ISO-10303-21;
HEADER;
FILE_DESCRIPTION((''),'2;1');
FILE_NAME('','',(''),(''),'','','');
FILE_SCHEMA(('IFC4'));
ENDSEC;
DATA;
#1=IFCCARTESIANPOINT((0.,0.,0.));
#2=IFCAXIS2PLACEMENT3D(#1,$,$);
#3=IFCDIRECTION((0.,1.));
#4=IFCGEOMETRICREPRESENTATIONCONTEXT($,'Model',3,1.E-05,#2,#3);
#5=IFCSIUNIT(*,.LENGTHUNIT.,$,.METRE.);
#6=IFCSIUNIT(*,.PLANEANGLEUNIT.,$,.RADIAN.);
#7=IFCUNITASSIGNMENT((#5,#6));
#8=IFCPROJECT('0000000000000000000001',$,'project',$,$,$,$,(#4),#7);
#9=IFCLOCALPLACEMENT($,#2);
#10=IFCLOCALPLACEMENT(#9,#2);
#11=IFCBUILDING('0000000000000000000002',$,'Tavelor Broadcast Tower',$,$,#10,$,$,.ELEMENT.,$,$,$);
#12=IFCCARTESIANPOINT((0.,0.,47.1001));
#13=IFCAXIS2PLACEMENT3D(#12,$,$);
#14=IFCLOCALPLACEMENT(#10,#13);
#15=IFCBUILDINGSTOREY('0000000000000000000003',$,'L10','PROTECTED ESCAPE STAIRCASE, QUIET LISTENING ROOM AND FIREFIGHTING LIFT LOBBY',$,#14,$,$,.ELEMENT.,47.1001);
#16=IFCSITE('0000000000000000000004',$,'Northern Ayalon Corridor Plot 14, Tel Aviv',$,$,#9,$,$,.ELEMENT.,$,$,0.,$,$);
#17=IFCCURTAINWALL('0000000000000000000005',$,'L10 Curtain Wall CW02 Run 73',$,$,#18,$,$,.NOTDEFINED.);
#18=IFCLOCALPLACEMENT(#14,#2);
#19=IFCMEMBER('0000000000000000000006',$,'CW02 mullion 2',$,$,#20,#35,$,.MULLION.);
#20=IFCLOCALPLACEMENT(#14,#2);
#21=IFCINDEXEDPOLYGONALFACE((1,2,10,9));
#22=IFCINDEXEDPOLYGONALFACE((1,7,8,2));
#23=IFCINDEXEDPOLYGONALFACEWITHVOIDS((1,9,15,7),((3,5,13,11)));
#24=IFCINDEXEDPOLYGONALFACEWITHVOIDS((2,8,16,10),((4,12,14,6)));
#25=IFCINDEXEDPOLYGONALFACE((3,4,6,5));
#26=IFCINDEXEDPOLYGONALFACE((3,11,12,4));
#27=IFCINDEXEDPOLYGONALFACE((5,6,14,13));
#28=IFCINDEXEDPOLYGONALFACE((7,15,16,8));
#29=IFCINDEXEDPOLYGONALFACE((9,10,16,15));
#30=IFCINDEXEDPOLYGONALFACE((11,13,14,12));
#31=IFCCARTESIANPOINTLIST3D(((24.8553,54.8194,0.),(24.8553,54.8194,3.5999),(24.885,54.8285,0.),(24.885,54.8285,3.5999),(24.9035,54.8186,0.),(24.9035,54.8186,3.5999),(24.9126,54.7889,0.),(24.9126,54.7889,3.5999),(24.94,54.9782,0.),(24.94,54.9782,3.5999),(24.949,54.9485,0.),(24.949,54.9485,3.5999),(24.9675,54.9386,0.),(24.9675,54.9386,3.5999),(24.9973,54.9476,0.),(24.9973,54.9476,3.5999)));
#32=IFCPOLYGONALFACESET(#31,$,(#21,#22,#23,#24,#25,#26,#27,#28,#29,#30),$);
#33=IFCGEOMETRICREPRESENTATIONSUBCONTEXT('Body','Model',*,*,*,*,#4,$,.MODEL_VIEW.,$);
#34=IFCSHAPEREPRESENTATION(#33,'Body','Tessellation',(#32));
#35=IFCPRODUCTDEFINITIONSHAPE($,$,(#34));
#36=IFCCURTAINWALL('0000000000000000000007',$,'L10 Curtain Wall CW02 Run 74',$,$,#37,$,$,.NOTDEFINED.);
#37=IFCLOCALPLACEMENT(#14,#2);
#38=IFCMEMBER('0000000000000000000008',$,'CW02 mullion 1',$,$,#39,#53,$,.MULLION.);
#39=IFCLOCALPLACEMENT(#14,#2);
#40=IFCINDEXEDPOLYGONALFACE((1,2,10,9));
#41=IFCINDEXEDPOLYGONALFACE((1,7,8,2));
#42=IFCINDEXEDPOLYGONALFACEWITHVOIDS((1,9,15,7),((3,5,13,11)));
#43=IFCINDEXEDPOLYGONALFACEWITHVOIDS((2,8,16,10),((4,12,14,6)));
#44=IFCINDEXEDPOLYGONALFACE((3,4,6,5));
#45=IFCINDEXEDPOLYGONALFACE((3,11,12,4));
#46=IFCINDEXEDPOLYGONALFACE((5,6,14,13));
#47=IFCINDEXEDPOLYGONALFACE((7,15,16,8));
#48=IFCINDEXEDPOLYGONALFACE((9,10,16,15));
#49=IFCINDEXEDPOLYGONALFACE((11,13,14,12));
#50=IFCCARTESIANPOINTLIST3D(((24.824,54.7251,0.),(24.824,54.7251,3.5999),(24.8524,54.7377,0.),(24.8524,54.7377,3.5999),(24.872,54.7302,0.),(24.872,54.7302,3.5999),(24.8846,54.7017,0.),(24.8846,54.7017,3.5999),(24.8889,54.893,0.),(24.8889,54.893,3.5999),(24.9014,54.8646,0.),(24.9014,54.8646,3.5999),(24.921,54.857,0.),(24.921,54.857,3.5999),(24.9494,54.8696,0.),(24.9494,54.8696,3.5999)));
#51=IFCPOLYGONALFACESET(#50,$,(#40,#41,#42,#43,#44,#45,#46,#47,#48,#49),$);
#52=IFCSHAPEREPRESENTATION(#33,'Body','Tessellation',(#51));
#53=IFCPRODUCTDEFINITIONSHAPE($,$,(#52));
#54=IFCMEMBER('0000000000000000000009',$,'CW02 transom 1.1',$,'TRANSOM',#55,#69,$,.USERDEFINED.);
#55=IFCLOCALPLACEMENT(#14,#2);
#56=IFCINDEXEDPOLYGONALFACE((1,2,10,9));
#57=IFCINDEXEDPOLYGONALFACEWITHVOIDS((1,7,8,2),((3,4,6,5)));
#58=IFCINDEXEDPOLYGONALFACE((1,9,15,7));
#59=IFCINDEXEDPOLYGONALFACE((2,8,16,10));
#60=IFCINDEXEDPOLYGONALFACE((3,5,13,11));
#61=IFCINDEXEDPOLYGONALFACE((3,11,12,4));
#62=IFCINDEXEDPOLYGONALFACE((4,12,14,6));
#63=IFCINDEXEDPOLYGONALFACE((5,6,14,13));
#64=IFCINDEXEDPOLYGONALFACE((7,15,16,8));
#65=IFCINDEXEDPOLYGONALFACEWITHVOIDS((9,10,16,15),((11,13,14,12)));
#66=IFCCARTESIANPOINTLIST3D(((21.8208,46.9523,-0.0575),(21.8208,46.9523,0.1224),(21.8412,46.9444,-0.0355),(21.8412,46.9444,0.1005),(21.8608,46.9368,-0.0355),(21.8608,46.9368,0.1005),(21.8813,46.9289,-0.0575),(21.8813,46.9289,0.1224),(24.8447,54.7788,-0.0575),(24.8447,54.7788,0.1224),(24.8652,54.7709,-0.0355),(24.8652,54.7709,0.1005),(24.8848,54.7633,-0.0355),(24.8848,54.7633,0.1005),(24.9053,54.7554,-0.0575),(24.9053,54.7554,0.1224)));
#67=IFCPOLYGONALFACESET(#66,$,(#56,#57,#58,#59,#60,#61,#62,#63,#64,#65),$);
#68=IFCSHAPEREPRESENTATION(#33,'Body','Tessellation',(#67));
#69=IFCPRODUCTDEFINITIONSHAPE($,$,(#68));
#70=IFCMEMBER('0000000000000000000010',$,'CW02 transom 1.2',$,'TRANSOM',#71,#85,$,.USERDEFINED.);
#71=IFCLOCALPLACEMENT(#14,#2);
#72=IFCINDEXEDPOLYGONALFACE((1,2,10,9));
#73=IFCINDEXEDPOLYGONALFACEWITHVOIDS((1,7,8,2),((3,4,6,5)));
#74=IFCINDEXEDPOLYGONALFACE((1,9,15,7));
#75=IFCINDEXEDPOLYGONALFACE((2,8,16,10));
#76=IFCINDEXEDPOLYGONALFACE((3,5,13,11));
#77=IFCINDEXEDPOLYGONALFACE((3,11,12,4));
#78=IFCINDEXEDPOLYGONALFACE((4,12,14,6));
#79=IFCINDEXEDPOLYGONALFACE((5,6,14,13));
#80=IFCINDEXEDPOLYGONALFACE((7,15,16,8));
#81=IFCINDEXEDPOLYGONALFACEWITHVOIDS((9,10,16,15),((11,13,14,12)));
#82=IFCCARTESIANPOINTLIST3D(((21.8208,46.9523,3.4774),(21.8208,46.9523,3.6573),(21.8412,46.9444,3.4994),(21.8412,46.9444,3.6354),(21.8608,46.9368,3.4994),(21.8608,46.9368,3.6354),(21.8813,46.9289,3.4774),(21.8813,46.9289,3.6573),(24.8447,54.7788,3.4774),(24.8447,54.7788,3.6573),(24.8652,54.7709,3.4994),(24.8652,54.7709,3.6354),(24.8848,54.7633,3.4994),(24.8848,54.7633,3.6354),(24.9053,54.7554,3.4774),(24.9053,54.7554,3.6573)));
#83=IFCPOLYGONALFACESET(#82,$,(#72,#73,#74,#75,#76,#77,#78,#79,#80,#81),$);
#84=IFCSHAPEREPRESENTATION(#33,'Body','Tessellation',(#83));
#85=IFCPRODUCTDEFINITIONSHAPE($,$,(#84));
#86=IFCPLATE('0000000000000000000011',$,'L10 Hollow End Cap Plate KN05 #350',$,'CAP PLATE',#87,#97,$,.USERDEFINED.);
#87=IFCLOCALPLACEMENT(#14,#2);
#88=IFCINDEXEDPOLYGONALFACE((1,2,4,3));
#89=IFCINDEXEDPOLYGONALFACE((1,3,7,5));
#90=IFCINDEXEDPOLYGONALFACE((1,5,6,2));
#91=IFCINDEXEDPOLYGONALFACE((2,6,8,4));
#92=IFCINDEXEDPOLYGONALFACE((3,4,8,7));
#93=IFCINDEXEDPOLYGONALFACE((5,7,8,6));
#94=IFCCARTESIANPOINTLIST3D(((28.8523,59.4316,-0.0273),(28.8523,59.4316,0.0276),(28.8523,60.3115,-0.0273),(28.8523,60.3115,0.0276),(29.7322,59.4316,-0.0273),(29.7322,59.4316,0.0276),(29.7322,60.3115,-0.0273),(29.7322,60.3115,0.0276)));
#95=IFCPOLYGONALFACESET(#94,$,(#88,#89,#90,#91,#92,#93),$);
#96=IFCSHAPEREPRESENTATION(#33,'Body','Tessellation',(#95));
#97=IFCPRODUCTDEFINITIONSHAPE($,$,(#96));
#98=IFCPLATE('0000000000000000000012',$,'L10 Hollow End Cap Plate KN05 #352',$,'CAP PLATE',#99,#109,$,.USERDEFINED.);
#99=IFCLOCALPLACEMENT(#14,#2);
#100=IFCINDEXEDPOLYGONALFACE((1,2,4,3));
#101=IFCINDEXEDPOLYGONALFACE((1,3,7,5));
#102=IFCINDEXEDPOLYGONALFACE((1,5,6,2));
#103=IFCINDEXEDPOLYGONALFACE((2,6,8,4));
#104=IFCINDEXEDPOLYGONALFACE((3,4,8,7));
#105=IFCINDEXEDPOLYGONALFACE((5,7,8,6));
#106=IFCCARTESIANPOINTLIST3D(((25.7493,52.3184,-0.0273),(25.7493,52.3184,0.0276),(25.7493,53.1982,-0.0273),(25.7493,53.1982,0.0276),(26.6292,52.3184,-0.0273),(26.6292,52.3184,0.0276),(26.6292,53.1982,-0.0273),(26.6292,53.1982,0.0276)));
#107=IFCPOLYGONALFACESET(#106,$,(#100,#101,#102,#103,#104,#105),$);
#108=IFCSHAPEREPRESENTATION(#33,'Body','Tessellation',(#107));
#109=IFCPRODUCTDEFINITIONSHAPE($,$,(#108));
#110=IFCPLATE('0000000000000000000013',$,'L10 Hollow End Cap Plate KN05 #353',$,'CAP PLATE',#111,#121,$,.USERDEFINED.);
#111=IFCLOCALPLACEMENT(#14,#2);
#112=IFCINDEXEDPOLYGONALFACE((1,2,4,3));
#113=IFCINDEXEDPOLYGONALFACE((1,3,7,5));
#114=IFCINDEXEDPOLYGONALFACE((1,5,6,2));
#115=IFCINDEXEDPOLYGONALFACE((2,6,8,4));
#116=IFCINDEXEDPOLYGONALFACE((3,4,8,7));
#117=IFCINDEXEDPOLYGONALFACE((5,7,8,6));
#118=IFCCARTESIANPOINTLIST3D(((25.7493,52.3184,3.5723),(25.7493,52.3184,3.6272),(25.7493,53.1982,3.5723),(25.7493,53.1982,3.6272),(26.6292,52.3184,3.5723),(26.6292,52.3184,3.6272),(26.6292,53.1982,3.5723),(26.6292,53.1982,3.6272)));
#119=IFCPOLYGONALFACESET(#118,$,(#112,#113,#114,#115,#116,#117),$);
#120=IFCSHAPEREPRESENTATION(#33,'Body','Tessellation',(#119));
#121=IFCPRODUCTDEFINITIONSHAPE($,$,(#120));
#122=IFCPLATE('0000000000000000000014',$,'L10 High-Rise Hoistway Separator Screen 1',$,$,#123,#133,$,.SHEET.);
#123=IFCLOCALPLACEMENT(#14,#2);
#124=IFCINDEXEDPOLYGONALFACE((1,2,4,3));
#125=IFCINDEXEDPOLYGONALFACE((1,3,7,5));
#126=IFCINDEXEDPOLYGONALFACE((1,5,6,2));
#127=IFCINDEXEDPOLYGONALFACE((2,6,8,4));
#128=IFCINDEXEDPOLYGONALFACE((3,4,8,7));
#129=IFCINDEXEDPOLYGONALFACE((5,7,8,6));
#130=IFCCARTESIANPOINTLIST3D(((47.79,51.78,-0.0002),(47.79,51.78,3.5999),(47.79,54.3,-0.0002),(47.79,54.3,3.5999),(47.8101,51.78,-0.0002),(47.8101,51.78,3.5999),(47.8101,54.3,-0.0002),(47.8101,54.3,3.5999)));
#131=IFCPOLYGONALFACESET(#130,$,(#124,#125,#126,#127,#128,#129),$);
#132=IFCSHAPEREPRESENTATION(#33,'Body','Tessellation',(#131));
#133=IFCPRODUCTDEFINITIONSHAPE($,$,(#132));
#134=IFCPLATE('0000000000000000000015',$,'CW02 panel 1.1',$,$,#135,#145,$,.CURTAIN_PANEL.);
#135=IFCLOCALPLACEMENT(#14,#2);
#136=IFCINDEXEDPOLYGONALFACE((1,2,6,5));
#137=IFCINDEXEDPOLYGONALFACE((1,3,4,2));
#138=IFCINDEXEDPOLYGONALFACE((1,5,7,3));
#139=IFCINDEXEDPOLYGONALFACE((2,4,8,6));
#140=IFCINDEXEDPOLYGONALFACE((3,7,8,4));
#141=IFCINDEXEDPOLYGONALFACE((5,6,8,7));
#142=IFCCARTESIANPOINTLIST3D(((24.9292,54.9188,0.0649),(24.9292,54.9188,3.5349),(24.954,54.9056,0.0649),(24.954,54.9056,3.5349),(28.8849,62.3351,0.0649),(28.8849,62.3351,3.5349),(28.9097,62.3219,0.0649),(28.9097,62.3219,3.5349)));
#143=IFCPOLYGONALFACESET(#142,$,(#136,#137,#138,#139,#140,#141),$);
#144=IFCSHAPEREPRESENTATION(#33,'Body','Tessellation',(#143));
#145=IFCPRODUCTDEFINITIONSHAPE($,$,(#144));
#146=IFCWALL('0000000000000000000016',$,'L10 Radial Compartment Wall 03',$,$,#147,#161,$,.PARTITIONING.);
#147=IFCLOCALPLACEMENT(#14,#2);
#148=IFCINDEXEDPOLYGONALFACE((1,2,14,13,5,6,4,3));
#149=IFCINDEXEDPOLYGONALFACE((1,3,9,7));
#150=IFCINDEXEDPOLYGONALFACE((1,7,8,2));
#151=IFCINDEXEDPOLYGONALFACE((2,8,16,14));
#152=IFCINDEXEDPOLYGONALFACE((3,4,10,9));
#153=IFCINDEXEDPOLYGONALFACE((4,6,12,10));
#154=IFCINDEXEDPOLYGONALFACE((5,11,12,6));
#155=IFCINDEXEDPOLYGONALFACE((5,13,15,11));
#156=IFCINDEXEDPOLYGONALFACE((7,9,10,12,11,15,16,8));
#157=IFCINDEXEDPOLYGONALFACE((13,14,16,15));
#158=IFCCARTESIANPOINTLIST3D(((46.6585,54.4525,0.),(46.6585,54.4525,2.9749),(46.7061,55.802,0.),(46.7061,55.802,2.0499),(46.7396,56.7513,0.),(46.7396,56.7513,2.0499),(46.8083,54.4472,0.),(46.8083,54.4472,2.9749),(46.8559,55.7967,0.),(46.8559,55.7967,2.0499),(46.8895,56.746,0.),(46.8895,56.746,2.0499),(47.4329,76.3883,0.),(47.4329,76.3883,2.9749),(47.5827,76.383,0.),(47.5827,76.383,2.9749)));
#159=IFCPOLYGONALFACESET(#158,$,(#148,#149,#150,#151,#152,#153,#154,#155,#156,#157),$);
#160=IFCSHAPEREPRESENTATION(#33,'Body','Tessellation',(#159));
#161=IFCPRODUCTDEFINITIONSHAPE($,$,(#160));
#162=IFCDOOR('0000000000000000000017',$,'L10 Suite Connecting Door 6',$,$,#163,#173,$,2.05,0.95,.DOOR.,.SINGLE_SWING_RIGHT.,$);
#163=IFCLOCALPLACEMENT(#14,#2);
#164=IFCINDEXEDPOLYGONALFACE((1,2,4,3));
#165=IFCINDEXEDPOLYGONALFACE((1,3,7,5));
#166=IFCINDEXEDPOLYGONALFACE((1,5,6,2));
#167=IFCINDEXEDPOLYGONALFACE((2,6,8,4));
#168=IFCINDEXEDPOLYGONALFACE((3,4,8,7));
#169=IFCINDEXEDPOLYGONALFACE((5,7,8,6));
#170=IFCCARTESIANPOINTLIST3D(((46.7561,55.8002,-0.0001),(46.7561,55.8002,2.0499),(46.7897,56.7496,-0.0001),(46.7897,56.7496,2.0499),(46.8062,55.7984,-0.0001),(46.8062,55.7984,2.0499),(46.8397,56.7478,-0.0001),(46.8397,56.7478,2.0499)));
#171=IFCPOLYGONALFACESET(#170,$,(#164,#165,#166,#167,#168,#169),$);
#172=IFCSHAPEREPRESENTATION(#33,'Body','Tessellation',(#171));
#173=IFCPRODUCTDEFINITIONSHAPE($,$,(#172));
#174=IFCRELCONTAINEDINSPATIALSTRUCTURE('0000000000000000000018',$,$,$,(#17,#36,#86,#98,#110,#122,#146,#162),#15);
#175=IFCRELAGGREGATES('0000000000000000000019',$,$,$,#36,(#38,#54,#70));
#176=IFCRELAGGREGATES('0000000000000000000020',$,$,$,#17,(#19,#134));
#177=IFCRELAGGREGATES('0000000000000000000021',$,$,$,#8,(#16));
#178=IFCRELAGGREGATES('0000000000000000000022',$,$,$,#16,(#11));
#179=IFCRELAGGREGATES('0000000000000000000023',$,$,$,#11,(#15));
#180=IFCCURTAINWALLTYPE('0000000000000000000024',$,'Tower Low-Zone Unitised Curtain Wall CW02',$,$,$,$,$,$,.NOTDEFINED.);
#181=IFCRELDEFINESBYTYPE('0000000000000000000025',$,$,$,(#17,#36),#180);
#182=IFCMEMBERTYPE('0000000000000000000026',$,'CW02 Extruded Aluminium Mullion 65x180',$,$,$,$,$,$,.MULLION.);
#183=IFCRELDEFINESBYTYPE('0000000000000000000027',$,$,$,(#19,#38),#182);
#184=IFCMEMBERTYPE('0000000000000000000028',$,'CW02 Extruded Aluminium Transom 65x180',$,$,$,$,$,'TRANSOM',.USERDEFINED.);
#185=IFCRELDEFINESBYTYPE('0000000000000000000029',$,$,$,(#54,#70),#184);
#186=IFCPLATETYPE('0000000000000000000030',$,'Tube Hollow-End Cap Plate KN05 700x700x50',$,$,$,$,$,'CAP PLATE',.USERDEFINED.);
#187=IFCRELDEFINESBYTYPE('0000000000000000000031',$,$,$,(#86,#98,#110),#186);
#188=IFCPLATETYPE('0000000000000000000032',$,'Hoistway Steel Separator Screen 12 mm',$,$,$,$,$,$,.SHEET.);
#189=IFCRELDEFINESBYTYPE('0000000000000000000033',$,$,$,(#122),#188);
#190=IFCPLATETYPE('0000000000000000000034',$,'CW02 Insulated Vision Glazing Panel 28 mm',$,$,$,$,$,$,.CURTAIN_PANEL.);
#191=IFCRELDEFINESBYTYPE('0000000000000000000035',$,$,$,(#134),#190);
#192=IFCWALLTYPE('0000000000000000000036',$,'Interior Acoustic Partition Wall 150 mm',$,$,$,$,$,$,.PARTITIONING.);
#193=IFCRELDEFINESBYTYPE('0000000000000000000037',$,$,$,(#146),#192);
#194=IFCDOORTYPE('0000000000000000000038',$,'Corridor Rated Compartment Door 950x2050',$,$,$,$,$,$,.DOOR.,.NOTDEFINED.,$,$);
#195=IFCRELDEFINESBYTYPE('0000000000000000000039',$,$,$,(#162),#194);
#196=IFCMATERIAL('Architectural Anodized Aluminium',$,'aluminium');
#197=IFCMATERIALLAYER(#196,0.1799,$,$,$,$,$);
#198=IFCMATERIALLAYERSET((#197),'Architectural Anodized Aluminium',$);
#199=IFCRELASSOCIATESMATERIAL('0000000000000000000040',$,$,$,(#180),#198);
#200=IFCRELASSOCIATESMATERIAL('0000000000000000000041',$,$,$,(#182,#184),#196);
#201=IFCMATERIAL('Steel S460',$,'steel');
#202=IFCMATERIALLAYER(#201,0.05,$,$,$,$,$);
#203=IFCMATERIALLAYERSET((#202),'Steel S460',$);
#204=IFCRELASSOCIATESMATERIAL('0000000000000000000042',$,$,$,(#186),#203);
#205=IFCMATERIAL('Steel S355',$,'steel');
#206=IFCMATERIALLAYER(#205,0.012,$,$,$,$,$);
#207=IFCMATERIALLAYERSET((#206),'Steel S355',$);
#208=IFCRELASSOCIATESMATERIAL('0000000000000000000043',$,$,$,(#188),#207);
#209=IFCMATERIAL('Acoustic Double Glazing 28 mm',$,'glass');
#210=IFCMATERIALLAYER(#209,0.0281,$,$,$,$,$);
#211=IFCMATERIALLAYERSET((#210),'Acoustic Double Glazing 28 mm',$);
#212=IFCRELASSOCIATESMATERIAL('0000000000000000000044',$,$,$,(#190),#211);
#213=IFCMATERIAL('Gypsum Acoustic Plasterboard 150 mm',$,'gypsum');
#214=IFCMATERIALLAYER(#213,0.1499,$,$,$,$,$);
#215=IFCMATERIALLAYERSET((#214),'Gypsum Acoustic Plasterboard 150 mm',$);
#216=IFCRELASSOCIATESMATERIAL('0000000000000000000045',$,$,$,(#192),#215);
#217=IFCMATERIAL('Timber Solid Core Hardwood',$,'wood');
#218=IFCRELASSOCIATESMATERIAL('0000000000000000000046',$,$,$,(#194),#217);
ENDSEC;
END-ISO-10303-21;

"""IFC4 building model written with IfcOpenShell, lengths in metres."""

from ifc_helpers import new_model, si_unit, direction, frame, frame_2d, origin, origin_2d, place, context, subcontext, project, spatial, rectangle, hollow_rectangle, extrude, source, transform, mapped, material, layer, layer_set, material_profile, profile_set, type_object, type_shapes, element, fill, aggregate, save


model = new_model("IFC4")

# Units and contexts
model_context = context("Model", 3, precision=1e-05, world=origin(), true_north=direction((0.0, 1.0)))
body_context = subcontext(model_context, "Body", "Model", "MODEL_VIEW")
ifc_project = project(units=[si_unit("LENGTHUNIT", "METRE"), si_unit("PLANEANGLEUNIT", "RADIAN")], contexts=[model_context])

# Site, building, storey
site_placement = place(None, origin())
site = spatial("IfcSite", under=ifc_project, at=site_placement, Name="Northern Ayalon Corridor Plot 14, Tel Aviv", CompositionType="ELEMENT", RefElevation=0.0)
building_placement = place(site_placement, origin())
building = spatial("IfcBuilding", under=site, at=building_placement, Name="Tavelor Broadcast Tower", CompositionType="ELEMENT")
storey_placement = place(building_placement, frame((0.0, 0.0, 47.1001)))
storey = spatial("IfcBuildingStorey", under=building, at=storey_placement, Name="L10", Description="PROTECTED ESCAPE STAIRCASE, QUIET LISTENING ROOM AND FIREFIGHTING LIFT LOBBY", CompositionType="ELEMENT", Elevation=47.1001)

# Shared definitions
ifc_material_1 = material(Name="Steel S460", Category="steel")

# Shared definitions
ifc_material_2 = material(Name="Steel S355", Category="steel")

# Curtain wall, member
ifc_material_3 = material(Name="Architectural Anodized Aluminium", Category="aluminium")
ifc_layer_1 = layer(ifc_material_3, 0.1799)
ifc_layer_set_1 = layer_set([ifc_layer_1], Name="Architectural Anodized Aluminium")
curtain_wall_type = type_object("IfcCurtainWallType", Name="Tower Low-Zone Unitised Curtain Wall CW02", PredefinedType="NOTDEFINED", material=ifc_layer_set_1)
curtain_wall_1_placement = place(storey_placement, origin())
curtain_wall_1 = element("IfcCurtainWall", 1, at=curtain_wall_1_placement, inside=storey, type_object=curtain_wall_type, Name="L10 Curtain Wall CW02 Run 73", PredefinedType="NOTDEFINED")
ifc_material_profile_1 = material_profile(ifc_material_3, hollow_rectangle(XDim=0.0649, YDim=0.1799, WallThickness=0.022, at=origin_2d()), Name="RHS 65x180x22")
ifc_profile_set_1 = profile_set([ifc_material_profile_1], Name="Architectural Anodized Aluminium")
member_type_1 = type_object("IfcMemberType", Name="CW02 Extruded Aluminium Mullion 65x180", PredefinedType="MULLION", material=ifc_profile_set_1)
shared_shape_1 = source(origin(), body_context, "Body", "SweptSolid", [
    extrude(hollow_rectangle(XDim=0.0649, YDim=0.1799, WallThickness=0.022, at=origin_2d()), origin(), (0.0, 0.0, 1.0), 3.5999),
])
type_shapes(member_type_1, [shared_shape_1])
member_1_placement = place(storey_placement, frame((24.9263, 54.8835, 0.0), z_axis=(0.0, 0.0, 1.0), x_axis=(0.882338, -0.470617, 0.0)))
member_1 = element("IfcMember", 2, at=member_1_placement, type_object=member_type_1, Name="CW02 mullion 2", PredefinedType="MULLION", context=body_context, shape_type="MappedRepresentation", body=[
    mapped(shared_shape_1, transform((0.0, 0.0, 0.0), scale=1.0)),
])

# Curtain wall, members
curtain_wall_2_placement = place(storey_placement, origin())
curtain_wall_2 = element("IfcCurtainWall", 3, at=curtain_wall_2_placement, inside=storey, type_object=curtain_wall_type, Name="L10 Curtain Wall CW02 Run 74", PredefinedType="NOTDEFINED")
member_2_placement = place(storey_placement, frame((24.8867, 54.7974, 0.0), z_axis=(0.0, 0.0, 1.0), x_axis=(0.932798, -0.360399, 0.0)))
member_2 = element("IfcMember", 4, at=member_2_placement, type_object=member_type_1, Name="CW02 mullion 1", PredefinedType="MULLION", context=body_context, shape_type="MappedRepresentation", body=[
    mapped(shared_shape_1, transform((0.0, 0.0, 0.0), scale=1.0)),
])
ifc_material_profile_2 = material_profile(ifc_material_3, hollow_rectangle(XDim=0.0649, YDim=0.1799, WallThickness=0.022, at=origin_2d()), Name="RHS 65x180x22")
ifc_profile_set_2 = profile_set([ifc_material_profile_2], Name="Architectural Anodized Aluminium")
member_type_2 = type_object("IfcMemberType", Name="CW02 Extruded Aluminium Transom 65x180", ElementType="TRANSOM", PredefinedType="USERDEFINED", material=ifc_profile_set_2)
shared_shape_2 = source(origin(), body_context, "Body", "SweptSolid", [
    extrude(hollow_rectangle(XDim=0.0649, YDim=0.1799, WallThickness=0.022, at=origin_2d()), origin(), (0.0, 0.0, 1.0), 8.3904),
])
type_shapes(member_type_2, [shared_shape_2])
member_3_placement = place(storey_placement, frame((24.875, 54.7671, 0.0325), z_axis=(-0.360408, -0.932795, 0.0), x_axis=(0.932795, -0.360408, 0.0)))
member_3 = element("IfcMember", 5, at=member_3_placement, type_object=member_type_2, Name="CW02 transom 1.1", ObjectType="TRANSOM", PredefinedType="USERDEFINED", context=body_context, shape_type="MappedRepresentation", body=[
    mapped(shared_shape_2, transform((0.0, 0.0, 0.0), scale=1.0)),
])
member_4_placement = place(storey_placement, frame((24.875, 54.7671, 3.5674), z_axis=(-0.360408, -0.932795, 0.0), x_axis=(0.932795, -0.360408, 0.0)))
member_4 = element("IfcMember", 6, at=member_4_placement, type_object=member_type_2, Name="CW02 transom 1.2", ObjectType="TRANSOM", PredefinedType="USERDEFINED", context=body_context, shape_type="MappedRepresentation", body=[
    mapped(shared_shape_2, transform((0.0, 0.0, 0.0), scale=1.0)),
])
aggregate(curtain_wall_2, [member_2, member_3, member_4])

# Plates
ifc_layer_2 = layer(ifc_material_1, 0.05)
ifc_layer_set_2 = layer_set([ifc_layer_2], Name="Steel S460")
plate_type_1 = type_object("IfcPlateType", Name="Tube Hollow-End Cap Plate KN05 700x700x50", ElementType="CAP PLATE", PredefinedType="USERDEFINED", material=ifc_layer_set_2)
shared_shape_3 = source(origin(), body_context, "Body", "SweptSolid", [
    extrude(rectangle(XDim=0.8799, YDim=0.8799, at=origin_2d()), origin(), (0.0, 0.0, 1.0), 0.0549),
])
type_shapes(plate_type_1, [shared_shape_3])
for number, where, z_axis, x_axis, name in (
    (7, (29.2922, 59.8716, -0.0273), (0.0, 0.0, 1.0), (1.0, 0.0, 0.0), "L10 Hollow End Cap Plate KN05 #350"),
    (8, (26.1892, 52.7583, -0.0273), (0.0, 0.0, 1.0), (1.0, 0.0, 0.0), "L10 Hollow End Cap Plate KN05 #352"),
    (9, (26.1892, 52.7583, 3.5723), (0.0, 0.0, 1.0), (1.0, 0.0, 0.0), "L10 Hollow End Cap Plate KN05 #353"),
):
    element("IfcPlate", number, at=place(storey_placement, frame(where, z_axis=z_axis, x_axis=x_axis)), inside=storey, type_object=plate_type_1, Name=name, ObjectType="CAP PLATE", PredefinedType="USERDEFINED", context=body_context, shape_type="MappedRepresentation", body=[
        mapped(shared_shape_3, transform((0.0, 0.0, 0.0), scale=1.0)),
    ])
ifc_layer_3 = layer(ifc_material_2, 0.012)
ifc_layer_set_3 = layer_set([ifc_layer_3], Name="Steel S355")
plate_type_2 = type_object("IfcPlateType", Name="Hoistway Steel Separator Screen 12 mm", PredefinedType="SHEET", material=ifc_layer_set_3)
shared_shape_4 = source(origin(), body_context, "Body", "SweptSolid", [
    extrude(rectangle(XDim=0.02, YDim=2.52, at=origin_2d()), origin(), (0.0, 0.0, 1.0), 3.6001),
])
type_shapes(plate_type_2, [shared_shape_4])
plate_1_placement = place(storey_placement, frame((47.8, 53.04, -0.0002), z_axis=(0.0, 0.0, 1.0), x_axis=(1.0, 0.0, 0.0)))
element("IfcPlate", 10, at=plate_1_placement, inside=storey, type_object=plate_type_2, Name="L10 High-Rise Hoistway Separator Screen 1", PredefinedType="SHEET", context=body_context, shape_type="MappedRepresentation", body=[
    mapped(shared_shape_4, transform((0.0, 0.0, 0.0), scale=1.0)),
])

# Plate
ifc_material_4 = material(Name="Acoustic Double Glazing 28 mm", Category="glass")
ifc_layer_4 = layer(ifc_material_4, 0.0281)
ifc_layer_set_4 = layer_set([ifc_layer_4], Name="Acoustic Double Glazing 28 mm")
plate_type_3 = type_object("IfcPlateType", Name="CW02 Insulated Vision Glazing Panel 28 mm", PredefinedType="CURTAIN_PANEL", material=ifc_layer_set_4)
shared_shape_5 = source(origin(), body_context, "Body", "SweptSolid", [
    extrude(rectangle(XDim=8.4053, YDim=0.0281, at=origin_2d()), origin(), (0.0, 0.0, 1.0), 3.47),
])
type_shapes(plate_type_3, [shared_shape_5])
plate_2_placement = place(storey_placement, frame((26.9194, 58.6204, 0.0649), z_axis=(0.0, 0.0, 1.0), x_axis=(-0.470617, -0.882338, 0.0)))
plate_2 = element("IfcPlate", 11, at=plate_2_placement, type_object=plate_type_3, Name="CW02 panel 1.1", PredefinedType="CURTAIN_PANEL", context=body_context, shape_type="MappedRepresentation", body=[
    mapped(shared_shape_5, transform((0.0, 0.0, 0.0), scale=1.0)),
])
aggregate(curtain_wall_1, [member_1, plate_2])

# Wall, opening, door
ifc_material_5 = material(Name="Gypsum Acoustic Plasterboard 150 mm", Category="gypsum")
ifc_layer_5 = layer(ifc_material_5, 0.1499)
ifc_layer_set_5 = layer_set([ifc_layer_5], Name="Gypsum Acoustic Plasterboard 150 mm")
wall_type_1 = type_object("IfcWallType", Name="Interior Acoustic Partition Wall 150 mm", PredefinedType="PARTITIONING", material=ifc_layer_set_5)
wall_1_placement = place(storey_placement, frame((46.7334, 54.45, 0.0), z_axis=(0.0, 0.0, 1.0), x_axis=(0.035282, 0.999377, 0.0)))
wall_1 = element("IfcWall", 12, at=wall_1_placement, inside=storey, type_object=wall_type_1, Name="L10 Radial Compartment Wall 03", PredefinedType="PARTITIONING", context=body_context, shape_type="SweptSolid", body=[
    extrude(rectangle(XDim=21.9495, YDim=0.1499, at=frame_2d((10.9746, 0.0))), origin(), (0.0, 0.0, 1.0), 2.9749),
])
opening_placement = place(wall_1_placement, frame((1.3501, 0.0, 0.0)))
opening = element("IfcOpeningElement", 13, at=opening_placement, cuts=wall_1, PredefinedType="OPENING", context=body_context, shape_type="SweptSolid", body=[
    extrude(rectangle(XDim=0.95, YDim=2.05, at=frame_2d((0.4751, 1.0249))), frame((0.0, 0.085, 0.0), z_axis=(0.0, -1.0, 0.0), x_axis=(1.0, 0.0, 0.0)), (0.0, 0.0, 1.0), 0.1699),
])
ifc_material_6 = material(Name="Timber Solid Core Hardwood", Category="wood")
door_type = type_object("IfcDoorType", Name="Corridor Rated Compartment Door 950x2050", OperationType="NOTDEFINED", PredefinedType="DOOR", material=ifc_material_6)
door_placement = place(opening_placement, origin())
door = element("IfcDoor", 14, at=door_placement, inside=storey, type_object=door_type, Name="L10 Suite Connecting Door 6", OperationType="SINGLE_SWING_RIGHT", OverallHeight=2.05, OverallWidth=0.95, PredefinedType="DOOR", context=body_context, shape_type="SweptSolid", body=[
    extrude(rectangle(XDim=0.95, YDim=2.05, at=frame_2d((0.4751, 1.0249))), frame((0.0, 0.0249, 0.0), z_axis=(0.0, -1.0, 0.0), x_axis=(1.0, 0.0, 0.0)), (0.0, 0.0, 1.0), 0.05),
])
fill(opening, door)

save(model, "model.ifc")
